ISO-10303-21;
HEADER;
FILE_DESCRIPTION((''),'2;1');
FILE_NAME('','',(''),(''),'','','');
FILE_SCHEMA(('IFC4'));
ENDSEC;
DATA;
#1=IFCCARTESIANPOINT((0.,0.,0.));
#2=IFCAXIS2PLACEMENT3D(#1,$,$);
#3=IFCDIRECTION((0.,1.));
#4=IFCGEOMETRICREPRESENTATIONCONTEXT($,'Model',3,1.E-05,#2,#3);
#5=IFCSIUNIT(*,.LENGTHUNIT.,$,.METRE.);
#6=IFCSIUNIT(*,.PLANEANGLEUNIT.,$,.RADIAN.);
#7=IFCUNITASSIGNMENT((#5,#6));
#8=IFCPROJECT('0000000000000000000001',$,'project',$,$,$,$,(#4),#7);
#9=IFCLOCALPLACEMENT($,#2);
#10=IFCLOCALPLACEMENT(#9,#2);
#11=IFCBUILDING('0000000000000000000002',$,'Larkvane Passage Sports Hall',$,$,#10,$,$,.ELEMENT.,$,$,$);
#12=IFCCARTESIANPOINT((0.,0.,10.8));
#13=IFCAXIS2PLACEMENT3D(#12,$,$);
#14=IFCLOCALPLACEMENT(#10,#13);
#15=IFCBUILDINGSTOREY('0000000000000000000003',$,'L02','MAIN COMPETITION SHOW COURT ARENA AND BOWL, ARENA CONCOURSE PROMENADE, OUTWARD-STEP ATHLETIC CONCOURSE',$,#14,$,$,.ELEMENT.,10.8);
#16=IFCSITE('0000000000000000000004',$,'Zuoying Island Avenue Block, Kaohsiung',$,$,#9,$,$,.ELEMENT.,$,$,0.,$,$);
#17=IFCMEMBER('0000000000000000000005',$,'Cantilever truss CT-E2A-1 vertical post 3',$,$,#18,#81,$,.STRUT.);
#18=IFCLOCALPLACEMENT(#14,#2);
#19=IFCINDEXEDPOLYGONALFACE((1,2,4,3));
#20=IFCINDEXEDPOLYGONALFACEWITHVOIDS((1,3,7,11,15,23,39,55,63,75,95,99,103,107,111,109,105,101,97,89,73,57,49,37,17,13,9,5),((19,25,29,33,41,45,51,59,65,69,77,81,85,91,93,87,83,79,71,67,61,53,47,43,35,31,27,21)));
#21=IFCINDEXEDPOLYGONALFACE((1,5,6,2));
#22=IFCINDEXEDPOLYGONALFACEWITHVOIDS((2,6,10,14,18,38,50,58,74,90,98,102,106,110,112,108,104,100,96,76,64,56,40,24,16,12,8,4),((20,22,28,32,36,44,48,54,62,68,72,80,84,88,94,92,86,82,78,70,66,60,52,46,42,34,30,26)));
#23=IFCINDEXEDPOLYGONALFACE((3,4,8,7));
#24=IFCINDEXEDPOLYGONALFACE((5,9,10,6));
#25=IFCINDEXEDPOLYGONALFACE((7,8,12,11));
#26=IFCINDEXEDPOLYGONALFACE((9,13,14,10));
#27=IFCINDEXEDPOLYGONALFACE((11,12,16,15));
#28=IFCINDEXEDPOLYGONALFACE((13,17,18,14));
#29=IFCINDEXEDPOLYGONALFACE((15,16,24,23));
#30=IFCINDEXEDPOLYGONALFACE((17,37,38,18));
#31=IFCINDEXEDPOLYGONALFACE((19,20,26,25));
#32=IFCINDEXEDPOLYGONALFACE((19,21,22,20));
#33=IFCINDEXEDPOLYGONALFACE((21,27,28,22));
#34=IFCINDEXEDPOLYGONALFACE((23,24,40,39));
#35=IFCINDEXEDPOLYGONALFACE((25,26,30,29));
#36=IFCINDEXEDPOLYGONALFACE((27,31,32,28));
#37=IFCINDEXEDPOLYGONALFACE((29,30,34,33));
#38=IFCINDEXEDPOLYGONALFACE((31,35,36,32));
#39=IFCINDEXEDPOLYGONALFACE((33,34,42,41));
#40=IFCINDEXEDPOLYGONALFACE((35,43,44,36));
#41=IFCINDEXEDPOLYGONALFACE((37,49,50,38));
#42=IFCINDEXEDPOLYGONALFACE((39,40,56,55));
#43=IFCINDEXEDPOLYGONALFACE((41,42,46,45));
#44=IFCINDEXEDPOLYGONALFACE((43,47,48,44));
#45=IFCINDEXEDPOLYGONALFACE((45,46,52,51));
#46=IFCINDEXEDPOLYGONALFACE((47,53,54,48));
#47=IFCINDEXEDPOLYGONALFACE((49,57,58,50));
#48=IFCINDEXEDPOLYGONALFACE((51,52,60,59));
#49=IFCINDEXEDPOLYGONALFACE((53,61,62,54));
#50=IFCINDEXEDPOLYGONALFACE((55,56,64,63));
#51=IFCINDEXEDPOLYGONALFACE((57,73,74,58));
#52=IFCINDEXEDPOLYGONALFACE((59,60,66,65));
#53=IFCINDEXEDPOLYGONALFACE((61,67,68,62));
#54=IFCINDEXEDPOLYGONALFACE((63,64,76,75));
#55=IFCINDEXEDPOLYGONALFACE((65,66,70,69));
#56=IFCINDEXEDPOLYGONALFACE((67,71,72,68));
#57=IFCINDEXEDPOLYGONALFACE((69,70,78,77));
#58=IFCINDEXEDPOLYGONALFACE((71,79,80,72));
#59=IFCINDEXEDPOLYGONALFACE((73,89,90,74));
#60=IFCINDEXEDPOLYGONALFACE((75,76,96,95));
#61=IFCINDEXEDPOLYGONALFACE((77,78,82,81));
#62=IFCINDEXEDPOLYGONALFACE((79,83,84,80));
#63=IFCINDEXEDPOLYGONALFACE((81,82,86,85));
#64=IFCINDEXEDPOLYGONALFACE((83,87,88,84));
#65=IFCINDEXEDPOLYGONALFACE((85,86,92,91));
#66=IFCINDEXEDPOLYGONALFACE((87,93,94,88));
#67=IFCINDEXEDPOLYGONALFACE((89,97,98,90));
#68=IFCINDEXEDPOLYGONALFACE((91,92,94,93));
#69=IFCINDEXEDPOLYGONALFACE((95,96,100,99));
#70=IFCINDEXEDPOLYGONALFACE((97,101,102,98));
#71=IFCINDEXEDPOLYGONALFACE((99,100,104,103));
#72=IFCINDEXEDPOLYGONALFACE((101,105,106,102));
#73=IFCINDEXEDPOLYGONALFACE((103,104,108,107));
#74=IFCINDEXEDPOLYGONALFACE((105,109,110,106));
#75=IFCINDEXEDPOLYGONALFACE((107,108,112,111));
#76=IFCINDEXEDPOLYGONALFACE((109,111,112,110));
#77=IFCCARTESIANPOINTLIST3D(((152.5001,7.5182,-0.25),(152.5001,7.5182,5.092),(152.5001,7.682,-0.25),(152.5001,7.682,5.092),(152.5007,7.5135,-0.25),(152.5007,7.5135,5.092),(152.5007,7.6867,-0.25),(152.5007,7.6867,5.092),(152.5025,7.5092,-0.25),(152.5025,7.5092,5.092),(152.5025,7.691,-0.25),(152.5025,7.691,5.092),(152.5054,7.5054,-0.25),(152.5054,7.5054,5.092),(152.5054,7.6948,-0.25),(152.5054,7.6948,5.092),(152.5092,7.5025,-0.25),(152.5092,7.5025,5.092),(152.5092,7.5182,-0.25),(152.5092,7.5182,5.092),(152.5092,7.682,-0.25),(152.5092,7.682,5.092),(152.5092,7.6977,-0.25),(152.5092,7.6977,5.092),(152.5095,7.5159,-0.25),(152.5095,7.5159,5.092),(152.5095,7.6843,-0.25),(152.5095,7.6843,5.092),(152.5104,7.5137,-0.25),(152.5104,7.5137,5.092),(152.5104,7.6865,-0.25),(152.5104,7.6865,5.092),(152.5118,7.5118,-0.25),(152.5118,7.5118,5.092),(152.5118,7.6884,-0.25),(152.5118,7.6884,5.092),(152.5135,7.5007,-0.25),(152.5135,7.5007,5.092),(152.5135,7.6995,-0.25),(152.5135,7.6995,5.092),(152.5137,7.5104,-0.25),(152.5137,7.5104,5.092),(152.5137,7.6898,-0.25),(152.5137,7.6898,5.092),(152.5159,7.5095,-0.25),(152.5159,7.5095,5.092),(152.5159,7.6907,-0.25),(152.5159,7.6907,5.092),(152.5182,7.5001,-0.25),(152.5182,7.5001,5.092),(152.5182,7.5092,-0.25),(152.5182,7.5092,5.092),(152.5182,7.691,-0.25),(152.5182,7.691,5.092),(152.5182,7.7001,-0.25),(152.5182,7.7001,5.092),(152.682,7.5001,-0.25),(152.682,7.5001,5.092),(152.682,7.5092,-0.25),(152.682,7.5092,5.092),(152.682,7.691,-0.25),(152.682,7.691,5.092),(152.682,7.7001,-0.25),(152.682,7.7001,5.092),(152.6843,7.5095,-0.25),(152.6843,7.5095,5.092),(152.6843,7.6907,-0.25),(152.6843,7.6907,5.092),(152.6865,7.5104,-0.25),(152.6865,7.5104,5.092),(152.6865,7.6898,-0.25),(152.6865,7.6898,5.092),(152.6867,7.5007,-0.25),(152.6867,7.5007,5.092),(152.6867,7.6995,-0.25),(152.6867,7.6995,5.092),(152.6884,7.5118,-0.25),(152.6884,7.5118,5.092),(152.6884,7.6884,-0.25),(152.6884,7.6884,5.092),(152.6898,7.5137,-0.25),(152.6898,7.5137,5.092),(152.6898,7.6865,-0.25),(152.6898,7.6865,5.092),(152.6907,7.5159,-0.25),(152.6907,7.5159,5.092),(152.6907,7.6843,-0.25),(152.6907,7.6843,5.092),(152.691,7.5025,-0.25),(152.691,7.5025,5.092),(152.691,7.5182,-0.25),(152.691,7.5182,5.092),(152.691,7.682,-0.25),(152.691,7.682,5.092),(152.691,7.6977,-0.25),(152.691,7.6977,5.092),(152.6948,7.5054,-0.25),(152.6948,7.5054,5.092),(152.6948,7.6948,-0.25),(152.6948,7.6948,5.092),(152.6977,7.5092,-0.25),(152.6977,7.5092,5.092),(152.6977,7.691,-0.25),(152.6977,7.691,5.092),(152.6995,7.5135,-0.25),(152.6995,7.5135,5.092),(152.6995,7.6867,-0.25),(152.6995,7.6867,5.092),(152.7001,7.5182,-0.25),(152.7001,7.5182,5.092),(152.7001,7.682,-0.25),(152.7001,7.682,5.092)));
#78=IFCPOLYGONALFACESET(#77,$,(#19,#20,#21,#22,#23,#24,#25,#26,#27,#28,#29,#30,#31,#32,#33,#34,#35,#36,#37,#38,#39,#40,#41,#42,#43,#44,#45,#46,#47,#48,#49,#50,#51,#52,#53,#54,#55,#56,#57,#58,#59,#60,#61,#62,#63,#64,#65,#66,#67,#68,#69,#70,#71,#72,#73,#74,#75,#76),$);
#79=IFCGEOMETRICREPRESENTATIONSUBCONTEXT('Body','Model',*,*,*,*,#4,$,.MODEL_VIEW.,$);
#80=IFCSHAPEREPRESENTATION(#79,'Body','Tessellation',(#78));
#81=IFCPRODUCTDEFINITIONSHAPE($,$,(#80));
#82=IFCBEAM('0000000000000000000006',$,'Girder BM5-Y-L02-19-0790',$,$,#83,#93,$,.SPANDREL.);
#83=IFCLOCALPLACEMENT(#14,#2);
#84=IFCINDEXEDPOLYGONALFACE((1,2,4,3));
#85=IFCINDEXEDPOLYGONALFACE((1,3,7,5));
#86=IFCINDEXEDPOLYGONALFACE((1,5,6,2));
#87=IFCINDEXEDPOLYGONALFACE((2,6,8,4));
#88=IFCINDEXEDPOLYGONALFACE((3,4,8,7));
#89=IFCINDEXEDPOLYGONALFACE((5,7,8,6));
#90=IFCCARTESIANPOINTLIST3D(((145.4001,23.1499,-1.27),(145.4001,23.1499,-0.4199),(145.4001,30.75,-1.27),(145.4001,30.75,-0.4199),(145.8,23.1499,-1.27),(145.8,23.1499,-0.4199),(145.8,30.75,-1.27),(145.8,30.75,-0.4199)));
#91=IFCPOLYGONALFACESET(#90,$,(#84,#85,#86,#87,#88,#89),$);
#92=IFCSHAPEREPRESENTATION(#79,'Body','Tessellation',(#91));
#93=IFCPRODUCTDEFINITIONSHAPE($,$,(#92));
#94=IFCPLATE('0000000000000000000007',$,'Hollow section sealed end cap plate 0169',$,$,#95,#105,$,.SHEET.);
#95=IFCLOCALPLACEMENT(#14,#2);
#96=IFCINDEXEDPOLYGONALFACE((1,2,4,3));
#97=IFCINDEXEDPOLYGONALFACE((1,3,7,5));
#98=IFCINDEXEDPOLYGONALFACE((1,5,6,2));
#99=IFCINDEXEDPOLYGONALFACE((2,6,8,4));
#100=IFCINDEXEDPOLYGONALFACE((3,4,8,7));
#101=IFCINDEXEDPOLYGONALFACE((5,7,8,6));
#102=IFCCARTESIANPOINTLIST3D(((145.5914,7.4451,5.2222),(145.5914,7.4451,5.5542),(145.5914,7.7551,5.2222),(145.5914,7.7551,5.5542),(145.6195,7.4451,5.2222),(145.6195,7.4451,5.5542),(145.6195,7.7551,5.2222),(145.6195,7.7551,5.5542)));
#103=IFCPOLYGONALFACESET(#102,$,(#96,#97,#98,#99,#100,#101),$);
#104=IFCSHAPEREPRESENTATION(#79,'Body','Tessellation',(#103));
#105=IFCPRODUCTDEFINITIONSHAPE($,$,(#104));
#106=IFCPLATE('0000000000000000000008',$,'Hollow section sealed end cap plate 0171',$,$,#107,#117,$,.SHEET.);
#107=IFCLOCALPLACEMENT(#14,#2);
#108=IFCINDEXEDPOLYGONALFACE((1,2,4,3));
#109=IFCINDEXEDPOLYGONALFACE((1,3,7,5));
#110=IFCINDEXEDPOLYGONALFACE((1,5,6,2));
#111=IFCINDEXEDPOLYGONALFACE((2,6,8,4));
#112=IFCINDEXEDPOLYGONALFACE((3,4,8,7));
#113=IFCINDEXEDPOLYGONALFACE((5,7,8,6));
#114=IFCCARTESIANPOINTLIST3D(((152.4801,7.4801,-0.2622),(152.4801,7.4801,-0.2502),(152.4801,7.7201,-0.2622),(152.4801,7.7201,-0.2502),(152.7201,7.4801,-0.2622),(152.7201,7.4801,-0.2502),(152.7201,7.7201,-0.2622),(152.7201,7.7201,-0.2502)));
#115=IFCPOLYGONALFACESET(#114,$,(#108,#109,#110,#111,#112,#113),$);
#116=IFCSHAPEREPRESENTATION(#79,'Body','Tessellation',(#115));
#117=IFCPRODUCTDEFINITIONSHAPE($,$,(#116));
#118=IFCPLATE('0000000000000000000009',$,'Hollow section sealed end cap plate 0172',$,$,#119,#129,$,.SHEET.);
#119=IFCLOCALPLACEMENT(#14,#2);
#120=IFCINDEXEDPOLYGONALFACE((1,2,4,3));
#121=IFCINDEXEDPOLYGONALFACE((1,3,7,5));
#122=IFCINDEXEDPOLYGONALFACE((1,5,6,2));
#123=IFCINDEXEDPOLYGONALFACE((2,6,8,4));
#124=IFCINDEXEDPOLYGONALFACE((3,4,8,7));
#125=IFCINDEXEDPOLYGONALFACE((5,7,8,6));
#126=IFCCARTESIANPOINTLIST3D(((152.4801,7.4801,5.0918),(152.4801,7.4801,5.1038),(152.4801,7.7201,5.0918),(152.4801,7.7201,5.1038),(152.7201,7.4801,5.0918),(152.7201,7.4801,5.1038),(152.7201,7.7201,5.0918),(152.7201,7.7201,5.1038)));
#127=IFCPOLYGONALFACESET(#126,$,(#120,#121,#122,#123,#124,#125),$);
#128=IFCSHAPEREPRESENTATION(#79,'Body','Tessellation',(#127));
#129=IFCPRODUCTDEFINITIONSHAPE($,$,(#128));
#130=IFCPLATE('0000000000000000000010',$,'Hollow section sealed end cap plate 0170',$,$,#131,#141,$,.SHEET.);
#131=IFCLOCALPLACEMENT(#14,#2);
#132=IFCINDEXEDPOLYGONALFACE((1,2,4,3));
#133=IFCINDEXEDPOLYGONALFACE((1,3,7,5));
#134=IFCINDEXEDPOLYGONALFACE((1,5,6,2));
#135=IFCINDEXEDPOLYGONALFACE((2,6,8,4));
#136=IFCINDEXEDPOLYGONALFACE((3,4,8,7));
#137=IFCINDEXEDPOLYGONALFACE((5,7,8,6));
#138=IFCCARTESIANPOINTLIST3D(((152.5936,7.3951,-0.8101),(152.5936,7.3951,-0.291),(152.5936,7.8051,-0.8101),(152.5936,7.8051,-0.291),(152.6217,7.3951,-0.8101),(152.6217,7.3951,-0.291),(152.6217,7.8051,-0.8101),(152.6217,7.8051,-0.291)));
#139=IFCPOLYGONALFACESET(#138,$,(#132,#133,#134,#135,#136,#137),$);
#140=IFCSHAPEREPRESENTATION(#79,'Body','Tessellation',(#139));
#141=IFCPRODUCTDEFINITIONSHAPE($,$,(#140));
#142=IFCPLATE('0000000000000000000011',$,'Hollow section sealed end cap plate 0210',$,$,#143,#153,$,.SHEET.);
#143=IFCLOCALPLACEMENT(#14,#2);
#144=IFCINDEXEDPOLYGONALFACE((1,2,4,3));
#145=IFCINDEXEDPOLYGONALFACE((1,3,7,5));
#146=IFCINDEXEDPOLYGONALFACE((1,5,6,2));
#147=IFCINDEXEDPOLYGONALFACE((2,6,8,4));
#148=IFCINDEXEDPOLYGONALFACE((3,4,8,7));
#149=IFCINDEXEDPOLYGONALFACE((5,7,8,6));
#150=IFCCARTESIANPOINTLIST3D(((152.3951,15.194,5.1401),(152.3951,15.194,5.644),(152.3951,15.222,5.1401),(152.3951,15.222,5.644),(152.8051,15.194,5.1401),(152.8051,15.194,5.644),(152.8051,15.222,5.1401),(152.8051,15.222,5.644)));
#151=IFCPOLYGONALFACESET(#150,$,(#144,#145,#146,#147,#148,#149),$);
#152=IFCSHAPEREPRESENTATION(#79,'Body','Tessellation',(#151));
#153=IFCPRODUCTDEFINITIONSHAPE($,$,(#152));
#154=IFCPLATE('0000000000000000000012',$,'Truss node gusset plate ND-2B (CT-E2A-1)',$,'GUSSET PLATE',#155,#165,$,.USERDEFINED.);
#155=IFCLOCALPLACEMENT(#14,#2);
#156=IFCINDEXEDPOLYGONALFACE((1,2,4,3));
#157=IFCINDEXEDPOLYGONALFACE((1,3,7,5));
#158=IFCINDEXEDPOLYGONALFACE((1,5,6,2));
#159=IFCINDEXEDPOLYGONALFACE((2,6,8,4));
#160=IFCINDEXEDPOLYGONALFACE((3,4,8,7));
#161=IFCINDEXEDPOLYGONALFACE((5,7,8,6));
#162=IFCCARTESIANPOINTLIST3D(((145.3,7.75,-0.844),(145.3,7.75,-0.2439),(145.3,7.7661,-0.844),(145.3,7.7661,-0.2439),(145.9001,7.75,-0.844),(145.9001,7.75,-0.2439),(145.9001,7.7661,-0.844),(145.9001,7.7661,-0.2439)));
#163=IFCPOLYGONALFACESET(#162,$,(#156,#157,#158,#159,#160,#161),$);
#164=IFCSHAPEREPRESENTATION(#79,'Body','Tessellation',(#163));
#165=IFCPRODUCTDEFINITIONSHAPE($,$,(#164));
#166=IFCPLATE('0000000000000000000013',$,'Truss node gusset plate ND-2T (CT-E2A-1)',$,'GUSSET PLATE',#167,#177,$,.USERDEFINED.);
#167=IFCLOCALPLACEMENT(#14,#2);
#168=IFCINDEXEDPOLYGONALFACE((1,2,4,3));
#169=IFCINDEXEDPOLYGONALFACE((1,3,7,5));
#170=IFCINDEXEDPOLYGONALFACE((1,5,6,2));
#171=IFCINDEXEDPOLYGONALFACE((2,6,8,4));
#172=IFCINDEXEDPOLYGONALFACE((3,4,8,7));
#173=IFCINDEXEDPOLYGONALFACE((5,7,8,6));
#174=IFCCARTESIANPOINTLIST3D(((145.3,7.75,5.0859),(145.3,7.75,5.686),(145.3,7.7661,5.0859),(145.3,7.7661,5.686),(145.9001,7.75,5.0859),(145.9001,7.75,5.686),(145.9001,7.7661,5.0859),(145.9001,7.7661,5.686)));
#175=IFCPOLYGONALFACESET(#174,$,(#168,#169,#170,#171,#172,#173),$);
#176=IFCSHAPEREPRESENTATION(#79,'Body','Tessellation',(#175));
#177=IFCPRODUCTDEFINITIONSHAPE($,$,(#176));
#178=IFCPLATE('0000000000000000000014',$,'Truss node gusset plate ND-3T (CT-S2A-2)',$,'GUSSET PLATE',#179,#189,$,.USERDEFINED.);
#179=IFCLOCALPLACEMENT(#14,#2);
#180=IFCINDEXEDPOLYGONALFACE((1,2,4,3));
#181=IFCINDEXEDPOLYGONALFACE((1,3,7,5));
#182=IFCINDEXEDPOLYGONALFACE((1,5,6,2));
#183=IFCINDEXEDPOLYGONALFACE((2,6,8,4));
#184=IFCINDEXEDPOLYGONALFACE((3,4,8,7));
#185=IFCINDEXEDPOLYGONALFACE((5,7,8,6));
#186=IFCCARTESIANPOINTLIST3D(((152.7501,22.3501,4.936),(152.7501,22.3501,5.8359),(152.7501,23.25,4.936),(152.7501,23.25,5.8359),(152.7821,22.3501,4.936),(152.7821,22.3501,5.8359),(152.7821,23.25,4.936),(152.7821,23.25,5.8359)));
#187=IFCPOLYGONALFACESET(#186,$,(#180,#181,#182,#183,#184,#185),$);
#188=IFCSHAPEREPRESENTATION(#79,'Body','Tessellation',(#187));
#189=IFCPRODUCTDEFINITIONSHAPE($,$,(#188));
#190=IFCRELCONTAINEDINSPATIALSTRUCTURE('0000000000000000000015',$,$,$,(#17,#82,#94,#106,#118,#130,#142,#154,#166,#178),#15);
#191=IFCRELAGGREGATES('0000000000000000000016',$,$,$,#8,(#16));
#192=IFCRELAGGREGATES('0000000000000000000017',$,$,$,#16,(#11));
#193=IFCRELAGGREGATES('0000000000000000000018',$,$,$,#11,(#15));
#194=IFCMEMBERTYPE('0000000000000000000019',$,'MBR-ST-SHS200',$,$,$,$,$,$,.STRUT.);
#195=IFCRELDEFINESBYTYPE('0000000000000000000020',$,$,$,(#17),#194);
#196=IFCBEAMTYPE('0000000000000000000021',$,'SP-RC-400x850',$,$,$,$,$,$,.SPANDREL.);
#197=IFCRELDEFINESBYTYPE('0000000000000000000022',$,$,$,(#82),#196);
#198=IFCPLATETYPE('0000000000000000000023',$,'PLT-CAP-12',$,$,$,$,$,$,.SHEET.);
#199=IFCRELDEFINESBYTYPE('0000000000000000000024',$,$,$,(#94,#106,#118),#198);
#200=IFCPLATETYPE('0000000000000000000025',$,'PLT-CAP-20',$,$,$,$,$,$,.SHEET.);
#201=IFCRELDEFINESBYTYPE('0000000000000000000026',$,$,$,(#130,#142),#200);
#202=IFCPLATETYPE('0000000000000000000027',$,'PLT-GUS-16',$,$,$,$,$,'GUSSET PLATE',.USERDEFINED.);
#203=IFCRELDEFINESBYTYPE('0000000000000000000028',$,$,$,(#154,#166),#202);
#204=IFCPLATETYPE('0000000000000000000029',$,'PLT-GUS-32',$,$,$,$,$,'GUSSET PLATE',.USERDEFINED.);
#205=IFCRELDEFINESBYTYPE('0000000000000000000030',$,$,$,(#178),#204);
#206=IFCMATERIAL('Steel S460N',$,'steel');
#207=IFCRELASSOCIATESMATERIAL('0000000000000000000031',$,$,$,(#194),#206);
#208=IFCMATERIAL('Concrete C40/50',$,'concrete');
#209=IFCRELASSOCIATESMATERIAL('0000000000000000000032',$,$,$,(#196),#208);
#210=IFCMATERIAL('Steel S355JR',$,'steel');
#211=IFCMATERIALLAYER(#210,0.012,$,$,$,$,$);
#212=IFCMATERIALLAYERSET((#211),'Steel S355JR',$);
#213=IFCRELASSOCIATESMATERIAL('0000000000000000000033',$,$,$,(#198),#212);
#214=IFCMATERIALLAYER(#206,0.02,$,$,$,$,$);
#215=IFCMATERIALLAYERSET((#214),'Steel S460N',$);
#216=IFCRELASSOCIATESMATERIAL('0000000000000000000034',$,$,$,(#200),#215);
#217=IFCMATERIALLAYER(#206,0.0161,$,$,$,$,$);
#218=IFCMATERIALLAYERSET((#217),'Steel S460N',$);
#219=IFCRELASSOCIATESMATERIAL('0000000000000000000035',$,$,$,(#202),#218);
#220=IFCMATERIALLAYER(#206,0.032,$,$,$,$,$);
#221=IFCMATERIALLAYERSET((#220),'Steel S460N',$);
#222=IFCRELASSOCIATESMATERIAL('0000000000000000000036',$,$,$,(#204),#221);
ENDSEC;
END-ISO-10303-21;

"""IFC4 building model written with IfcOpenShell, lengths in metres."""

from ifc_helpers import new_model, si_unit, direction, frame, origin, origin_2d, place, context, subcontext, project, spatial, rectangle, hollow_rectangle, extrude, material, layer, layer_set, material_profile, profile_set, type_object, element, save


model = new_model("IFC4")

# Units and contexts
model_context = context("Model", 3, precision=1e-05, world=origin(), true_north=direction((0.0, 1.0)))
body_context = subcontext(model_context, "Body", "Model", "MODEL_VIEW")
ifc_project = project(units=[si_unit("LENGTHUNIT", "METRE"), si_unit("PLANEANGLEUNIT", "RADIAN")], contexts=[model_context])

# Site, building, storey
site_placement = place(None, origin())
site = spatial("IfcSite", under=ifc_project, at=site_placement, Name="Zuoying Island Avenue Block, Kaohsiung", CompositionType="ELEMENT", RefElevation=0.0)
building_placement = place(site_placement, origin())
building = spatial("IfcBuilding", under=site, at=building_placement, Name="Larkvane Passage Sports Hall", CompositionType="ELEMENT")
storey_placement = place(building_placement, frame((0.0, 0.0, 10.8)))
storey = spatial("IfcBuildingStorey", under=building, at=storey_placement, Name="L02", Description="MAIN COMPETITION SHOW COURT ARENA AND BOWL, ARENA CONCOURSE PROMENADE, OUTWARD-STEP ATHLETIC CONCOURSE", CompositionType="ELEMENT", Elevation=10.8)

# Shared definitions
ifc_material_1 = material(Name="Steel S460N", Category="steel")

# Shared definitions
ifc_material_2 = material(Name="Steel S355JR", Category="steel")

# Member
ifc_material_profile_1 = material_profile(ifc_material_1, hollow_rectangle(XDim=0.2, YDim=0.2, WallThickness=0.009, InnerFilletRadius=0.009, OuterFilletRadius=0.0181, at=origin_2d()), Name="SHS-200x200x9")
ifc_profile_set_1 = profile_set([ifc_material_profile_1], Name="Steel S460N")
member_type_1 = type_object("IfcMemberType", Name="MBR-ST-SHS200", PredefinedType="STRUT", material=ifc_profile_set_1)
member_1_placement = place(storey_placement, frame((152.6001, 7.6001, -0.25), z_axis=(0.0, 0.0, 1.0), x_axis=(1.0, 0.0, 0.0)))
element("IfcMember", 1, at=member_1_placement, inside=storey, type_object=member_type_1, Name="Cantilever truss CT-E2A-1 vertical post 3", PredefinedType="STRUT", context=body_context, shape_type="SweptSolid", body=[
    extrude(hollow_rectangle(XDim=0.2, YDim=0.2, WallThickness=0.009, InnerFilletRadius=0.009, OuterFilletRadius=0.0181, at=origin_2d()), origin(), (0.0, 0.0, 1.0), 5.342),
])

# Beam
ifc_material_3 = material(Name="Concrete C40/50", Category="concrete")
ifc_material_profile_2 = material_profile(ifc_material_3, rectangle(XDim=0.3999, YDim=0.8501, at=origin_2d()), Name="RC-SP-400x850")
ifc_profile_set_2 = profile_set([ifc_material_profile_2], Name="Concrete C40/50")
beam_type_1 = type_object("IfcBeamType", Name="SP-RC-400x850", PredefinedType="SPANDREL", material=ifc_profile_set_2)
beam_1_placement = place(storey_placement, frame((145.6001, 23.1499, -0.845), z_axis=(0.0, 1.0, 0.0), x_axis=(-1.0, 0.0, 0.0)))
element("IfcBeam", 2, at=beam_1_placement, inside=storey, type_object=beam_type_1, Name="Girder BM5-Y-L02-19-0790", PredefinedType="SPANDREL", context=body_context, shape_type="SweptSolid", body=[
    extrude(rectangle(XDim=0.3999, YDim=0.8501, at=origin_2d()), origin(), (0.0, 0.0, 1.0), 7.6001),
])

# Plates
ifc_layer_1 = layer(ifc_material_2, 0.012)
ifc_layer_set_1 = layer_set([ifc_layer_1], Name="Steel S355JR")
plate_type_1 = type_object("IfcPlateType", Name="PLT-CAP-12", PredefinedType="SHEET", material=ifc_layer_set_1)
plate_1_placement = place(storey_placement, frame((145.6055, 7.6001, 5.2222), z_axis=(0.0, 0.0, 1.0), x_axis=(0.0, 1.0, 0.0)))
element("IfcPlate", 3, at=plate_1_placement, inside=storey, type_object=plate_type_1, Name="Hollow section sealed end cap plate 0169", PredefinedType="SHEET", context=body_context, shape_type="SweptSolid", body=[
    extrude(rectangle(XDim=0.3101, YDim=0.0281, at=origin_2d()), origin(), (0.0, 0.0, 1.0), 0.332),
])
for number, where, z_axis, x_axis, name in (
    (4, (152.6001, 7.6001, -0.2622), (0.0, 0.0, 1.0), (1.0, 0.0, 0.0), "Hollow section sealed end cap plate 0171"),
    (5, (152.6001, 7.6001, 5.0918), (0.0, 0.0, 1.0), (1.0, 0.0, 0.0), "Hollow section sealed end cap plate 0172"),
):
    element("IfcPlate", number, at=place(storey_placement, frame(where, z_axis=z_axis, x_axis=x_axis)), inside=storey, type_object=plate_type_1, Name=name, PredefinedType="SHEET", context=body_context, shape_type="SweptSolid", body=[
        extrude(rectangle(XDim=0.24, YDim=0.24, at=origin_2d()), origin(), (0.0, 0.0, 1.0), 0.012),
    ])
ifc_layer_2 = layer(ifc_material_1, 0.02)
ifc_layer_set_2 = layer_set([ifc_layer_2], Name="Steel S460N")
plate_type_2 = type_object("IfcPlateType", Name="PLT-CAP-20", PredefinedType="SHEET", material=ifc_layer_set_2)
plate_2_placement = place(storey_placement, frame((152.6077, 7.6001, -0.8101), z_axis=(0.0, 0.0, 1.0), x_axis=(0.0, 1.0, 0.0)))
element("IfcPlate", 6, at=plate_2_placement, inside=storey, type_object=plate_type_2, Name="Hollow section sealed end cap plate 0170", PredefinedType="SHEET", context=body_context, shape_type="SweptSolid", body=[
    extrude(rectangle(XDim=0.4099, YDim=0.0281, at=origin_2d()), origin(), (0.0, 0.0, 1.0), 0.519),
])
plate_3_placement = place(storey_placement, frame((152.6001, 15.208, 5.1401), z_axis=(0.0, 0.0, 1.0), x_axis=(-1.0, 0.0, 0.0)))
element("IfcPlate", 7, at=plate_3_placement, inside=storey, type_object=plate_type_2, Name="Hollow section sealed end cap plate 0210", PredefinedType="SHEET", context=body_context, shape_type="SweptSolid", body=[
    extrude(rectangle(XDim=0.4099, YDim=0.0281, at=origin_2d()), origin(), (0.0, 0.0, 1.0), 0.5039),
])
ifc_layer_3 = layer(ifc_material_1, 0.0161)
ifc_layer_set_3 = layer_set([ifc_layer_3], Name="Steel S460N")
plate_type_3 = type_object("IfcPlateType", Name="PLT-GUS-16", ElementType="GUSSET PLATE", PredefinedType="USERDEFINED", material=ifc_layer_set_3)
for number, where, z_axis, x_axis, name in (
    (8, (145.6001, 7.7581, -0.844), (0.0, 0.0, 1.0), (1.0, 0.0, 0.0), "Truss node gusset plate ND-2B (CT-E2A-1)"),
    (9, (145.6001, 7.7581, 5.0859), (0.0, 0.0, 1.0), (1.0, 0.0, 0.0), "Truss node gusset plate ND-2T (CT-E2A-1)"),
):
    element("IfcPlate", number, at=place(storey_placement, frame(where, z_axis=z_axis, x_axis=x_axis)), inside=storey, type_object=plate_type_3, Name=name, ObjectType="GUSSET PLATE", PredefinedType="USERDEFINED", context=body_context, shape_type="SweptSolid", body=[
        extrude(rectangle(XDim=0.6001, YDim=0.0161, at=origin_2d()), origin(), (0.0, 0.0, 1.0), 0.6001),
    ])
ifc_layer_4 = layer(ifc_material_1, 0.032)
ifc_layer_set_4 = layer_set([ifc_layer_4], Name="Steel S460N")
plate_type_4 = type_object("IfcPlateType", Name="PLT-GUS-32", ElementType="GUSSET PLATE", PredefinedType="USERDEFINED", material=ifc_layer_set_4)
plate_4_placement = place(storey_placement, frame((152.7661, 22.8, 4.936), z_axis=(0.0, 0.0, 1.0), x_axis=(0.0, 1.0, 0.0)))
element("IfcPlate", 10, at=plate_4_placement, inside=storey, type_object=plate_type_4, Name="Truss node gusset plate ND-3T (CT-S2A-2)", ObjectType="GUSSET PLATE", PredefinedType="USERDEFINED", context=body_context, shape_type="SweptSolid", body=[
    extrude(rectangle(XDim=0.8999, YDim=0.032, at=origin_2d()), origin(), (0.0, 0.0, 1.0), 0.8999),
])

save(model, "model.ifc")
